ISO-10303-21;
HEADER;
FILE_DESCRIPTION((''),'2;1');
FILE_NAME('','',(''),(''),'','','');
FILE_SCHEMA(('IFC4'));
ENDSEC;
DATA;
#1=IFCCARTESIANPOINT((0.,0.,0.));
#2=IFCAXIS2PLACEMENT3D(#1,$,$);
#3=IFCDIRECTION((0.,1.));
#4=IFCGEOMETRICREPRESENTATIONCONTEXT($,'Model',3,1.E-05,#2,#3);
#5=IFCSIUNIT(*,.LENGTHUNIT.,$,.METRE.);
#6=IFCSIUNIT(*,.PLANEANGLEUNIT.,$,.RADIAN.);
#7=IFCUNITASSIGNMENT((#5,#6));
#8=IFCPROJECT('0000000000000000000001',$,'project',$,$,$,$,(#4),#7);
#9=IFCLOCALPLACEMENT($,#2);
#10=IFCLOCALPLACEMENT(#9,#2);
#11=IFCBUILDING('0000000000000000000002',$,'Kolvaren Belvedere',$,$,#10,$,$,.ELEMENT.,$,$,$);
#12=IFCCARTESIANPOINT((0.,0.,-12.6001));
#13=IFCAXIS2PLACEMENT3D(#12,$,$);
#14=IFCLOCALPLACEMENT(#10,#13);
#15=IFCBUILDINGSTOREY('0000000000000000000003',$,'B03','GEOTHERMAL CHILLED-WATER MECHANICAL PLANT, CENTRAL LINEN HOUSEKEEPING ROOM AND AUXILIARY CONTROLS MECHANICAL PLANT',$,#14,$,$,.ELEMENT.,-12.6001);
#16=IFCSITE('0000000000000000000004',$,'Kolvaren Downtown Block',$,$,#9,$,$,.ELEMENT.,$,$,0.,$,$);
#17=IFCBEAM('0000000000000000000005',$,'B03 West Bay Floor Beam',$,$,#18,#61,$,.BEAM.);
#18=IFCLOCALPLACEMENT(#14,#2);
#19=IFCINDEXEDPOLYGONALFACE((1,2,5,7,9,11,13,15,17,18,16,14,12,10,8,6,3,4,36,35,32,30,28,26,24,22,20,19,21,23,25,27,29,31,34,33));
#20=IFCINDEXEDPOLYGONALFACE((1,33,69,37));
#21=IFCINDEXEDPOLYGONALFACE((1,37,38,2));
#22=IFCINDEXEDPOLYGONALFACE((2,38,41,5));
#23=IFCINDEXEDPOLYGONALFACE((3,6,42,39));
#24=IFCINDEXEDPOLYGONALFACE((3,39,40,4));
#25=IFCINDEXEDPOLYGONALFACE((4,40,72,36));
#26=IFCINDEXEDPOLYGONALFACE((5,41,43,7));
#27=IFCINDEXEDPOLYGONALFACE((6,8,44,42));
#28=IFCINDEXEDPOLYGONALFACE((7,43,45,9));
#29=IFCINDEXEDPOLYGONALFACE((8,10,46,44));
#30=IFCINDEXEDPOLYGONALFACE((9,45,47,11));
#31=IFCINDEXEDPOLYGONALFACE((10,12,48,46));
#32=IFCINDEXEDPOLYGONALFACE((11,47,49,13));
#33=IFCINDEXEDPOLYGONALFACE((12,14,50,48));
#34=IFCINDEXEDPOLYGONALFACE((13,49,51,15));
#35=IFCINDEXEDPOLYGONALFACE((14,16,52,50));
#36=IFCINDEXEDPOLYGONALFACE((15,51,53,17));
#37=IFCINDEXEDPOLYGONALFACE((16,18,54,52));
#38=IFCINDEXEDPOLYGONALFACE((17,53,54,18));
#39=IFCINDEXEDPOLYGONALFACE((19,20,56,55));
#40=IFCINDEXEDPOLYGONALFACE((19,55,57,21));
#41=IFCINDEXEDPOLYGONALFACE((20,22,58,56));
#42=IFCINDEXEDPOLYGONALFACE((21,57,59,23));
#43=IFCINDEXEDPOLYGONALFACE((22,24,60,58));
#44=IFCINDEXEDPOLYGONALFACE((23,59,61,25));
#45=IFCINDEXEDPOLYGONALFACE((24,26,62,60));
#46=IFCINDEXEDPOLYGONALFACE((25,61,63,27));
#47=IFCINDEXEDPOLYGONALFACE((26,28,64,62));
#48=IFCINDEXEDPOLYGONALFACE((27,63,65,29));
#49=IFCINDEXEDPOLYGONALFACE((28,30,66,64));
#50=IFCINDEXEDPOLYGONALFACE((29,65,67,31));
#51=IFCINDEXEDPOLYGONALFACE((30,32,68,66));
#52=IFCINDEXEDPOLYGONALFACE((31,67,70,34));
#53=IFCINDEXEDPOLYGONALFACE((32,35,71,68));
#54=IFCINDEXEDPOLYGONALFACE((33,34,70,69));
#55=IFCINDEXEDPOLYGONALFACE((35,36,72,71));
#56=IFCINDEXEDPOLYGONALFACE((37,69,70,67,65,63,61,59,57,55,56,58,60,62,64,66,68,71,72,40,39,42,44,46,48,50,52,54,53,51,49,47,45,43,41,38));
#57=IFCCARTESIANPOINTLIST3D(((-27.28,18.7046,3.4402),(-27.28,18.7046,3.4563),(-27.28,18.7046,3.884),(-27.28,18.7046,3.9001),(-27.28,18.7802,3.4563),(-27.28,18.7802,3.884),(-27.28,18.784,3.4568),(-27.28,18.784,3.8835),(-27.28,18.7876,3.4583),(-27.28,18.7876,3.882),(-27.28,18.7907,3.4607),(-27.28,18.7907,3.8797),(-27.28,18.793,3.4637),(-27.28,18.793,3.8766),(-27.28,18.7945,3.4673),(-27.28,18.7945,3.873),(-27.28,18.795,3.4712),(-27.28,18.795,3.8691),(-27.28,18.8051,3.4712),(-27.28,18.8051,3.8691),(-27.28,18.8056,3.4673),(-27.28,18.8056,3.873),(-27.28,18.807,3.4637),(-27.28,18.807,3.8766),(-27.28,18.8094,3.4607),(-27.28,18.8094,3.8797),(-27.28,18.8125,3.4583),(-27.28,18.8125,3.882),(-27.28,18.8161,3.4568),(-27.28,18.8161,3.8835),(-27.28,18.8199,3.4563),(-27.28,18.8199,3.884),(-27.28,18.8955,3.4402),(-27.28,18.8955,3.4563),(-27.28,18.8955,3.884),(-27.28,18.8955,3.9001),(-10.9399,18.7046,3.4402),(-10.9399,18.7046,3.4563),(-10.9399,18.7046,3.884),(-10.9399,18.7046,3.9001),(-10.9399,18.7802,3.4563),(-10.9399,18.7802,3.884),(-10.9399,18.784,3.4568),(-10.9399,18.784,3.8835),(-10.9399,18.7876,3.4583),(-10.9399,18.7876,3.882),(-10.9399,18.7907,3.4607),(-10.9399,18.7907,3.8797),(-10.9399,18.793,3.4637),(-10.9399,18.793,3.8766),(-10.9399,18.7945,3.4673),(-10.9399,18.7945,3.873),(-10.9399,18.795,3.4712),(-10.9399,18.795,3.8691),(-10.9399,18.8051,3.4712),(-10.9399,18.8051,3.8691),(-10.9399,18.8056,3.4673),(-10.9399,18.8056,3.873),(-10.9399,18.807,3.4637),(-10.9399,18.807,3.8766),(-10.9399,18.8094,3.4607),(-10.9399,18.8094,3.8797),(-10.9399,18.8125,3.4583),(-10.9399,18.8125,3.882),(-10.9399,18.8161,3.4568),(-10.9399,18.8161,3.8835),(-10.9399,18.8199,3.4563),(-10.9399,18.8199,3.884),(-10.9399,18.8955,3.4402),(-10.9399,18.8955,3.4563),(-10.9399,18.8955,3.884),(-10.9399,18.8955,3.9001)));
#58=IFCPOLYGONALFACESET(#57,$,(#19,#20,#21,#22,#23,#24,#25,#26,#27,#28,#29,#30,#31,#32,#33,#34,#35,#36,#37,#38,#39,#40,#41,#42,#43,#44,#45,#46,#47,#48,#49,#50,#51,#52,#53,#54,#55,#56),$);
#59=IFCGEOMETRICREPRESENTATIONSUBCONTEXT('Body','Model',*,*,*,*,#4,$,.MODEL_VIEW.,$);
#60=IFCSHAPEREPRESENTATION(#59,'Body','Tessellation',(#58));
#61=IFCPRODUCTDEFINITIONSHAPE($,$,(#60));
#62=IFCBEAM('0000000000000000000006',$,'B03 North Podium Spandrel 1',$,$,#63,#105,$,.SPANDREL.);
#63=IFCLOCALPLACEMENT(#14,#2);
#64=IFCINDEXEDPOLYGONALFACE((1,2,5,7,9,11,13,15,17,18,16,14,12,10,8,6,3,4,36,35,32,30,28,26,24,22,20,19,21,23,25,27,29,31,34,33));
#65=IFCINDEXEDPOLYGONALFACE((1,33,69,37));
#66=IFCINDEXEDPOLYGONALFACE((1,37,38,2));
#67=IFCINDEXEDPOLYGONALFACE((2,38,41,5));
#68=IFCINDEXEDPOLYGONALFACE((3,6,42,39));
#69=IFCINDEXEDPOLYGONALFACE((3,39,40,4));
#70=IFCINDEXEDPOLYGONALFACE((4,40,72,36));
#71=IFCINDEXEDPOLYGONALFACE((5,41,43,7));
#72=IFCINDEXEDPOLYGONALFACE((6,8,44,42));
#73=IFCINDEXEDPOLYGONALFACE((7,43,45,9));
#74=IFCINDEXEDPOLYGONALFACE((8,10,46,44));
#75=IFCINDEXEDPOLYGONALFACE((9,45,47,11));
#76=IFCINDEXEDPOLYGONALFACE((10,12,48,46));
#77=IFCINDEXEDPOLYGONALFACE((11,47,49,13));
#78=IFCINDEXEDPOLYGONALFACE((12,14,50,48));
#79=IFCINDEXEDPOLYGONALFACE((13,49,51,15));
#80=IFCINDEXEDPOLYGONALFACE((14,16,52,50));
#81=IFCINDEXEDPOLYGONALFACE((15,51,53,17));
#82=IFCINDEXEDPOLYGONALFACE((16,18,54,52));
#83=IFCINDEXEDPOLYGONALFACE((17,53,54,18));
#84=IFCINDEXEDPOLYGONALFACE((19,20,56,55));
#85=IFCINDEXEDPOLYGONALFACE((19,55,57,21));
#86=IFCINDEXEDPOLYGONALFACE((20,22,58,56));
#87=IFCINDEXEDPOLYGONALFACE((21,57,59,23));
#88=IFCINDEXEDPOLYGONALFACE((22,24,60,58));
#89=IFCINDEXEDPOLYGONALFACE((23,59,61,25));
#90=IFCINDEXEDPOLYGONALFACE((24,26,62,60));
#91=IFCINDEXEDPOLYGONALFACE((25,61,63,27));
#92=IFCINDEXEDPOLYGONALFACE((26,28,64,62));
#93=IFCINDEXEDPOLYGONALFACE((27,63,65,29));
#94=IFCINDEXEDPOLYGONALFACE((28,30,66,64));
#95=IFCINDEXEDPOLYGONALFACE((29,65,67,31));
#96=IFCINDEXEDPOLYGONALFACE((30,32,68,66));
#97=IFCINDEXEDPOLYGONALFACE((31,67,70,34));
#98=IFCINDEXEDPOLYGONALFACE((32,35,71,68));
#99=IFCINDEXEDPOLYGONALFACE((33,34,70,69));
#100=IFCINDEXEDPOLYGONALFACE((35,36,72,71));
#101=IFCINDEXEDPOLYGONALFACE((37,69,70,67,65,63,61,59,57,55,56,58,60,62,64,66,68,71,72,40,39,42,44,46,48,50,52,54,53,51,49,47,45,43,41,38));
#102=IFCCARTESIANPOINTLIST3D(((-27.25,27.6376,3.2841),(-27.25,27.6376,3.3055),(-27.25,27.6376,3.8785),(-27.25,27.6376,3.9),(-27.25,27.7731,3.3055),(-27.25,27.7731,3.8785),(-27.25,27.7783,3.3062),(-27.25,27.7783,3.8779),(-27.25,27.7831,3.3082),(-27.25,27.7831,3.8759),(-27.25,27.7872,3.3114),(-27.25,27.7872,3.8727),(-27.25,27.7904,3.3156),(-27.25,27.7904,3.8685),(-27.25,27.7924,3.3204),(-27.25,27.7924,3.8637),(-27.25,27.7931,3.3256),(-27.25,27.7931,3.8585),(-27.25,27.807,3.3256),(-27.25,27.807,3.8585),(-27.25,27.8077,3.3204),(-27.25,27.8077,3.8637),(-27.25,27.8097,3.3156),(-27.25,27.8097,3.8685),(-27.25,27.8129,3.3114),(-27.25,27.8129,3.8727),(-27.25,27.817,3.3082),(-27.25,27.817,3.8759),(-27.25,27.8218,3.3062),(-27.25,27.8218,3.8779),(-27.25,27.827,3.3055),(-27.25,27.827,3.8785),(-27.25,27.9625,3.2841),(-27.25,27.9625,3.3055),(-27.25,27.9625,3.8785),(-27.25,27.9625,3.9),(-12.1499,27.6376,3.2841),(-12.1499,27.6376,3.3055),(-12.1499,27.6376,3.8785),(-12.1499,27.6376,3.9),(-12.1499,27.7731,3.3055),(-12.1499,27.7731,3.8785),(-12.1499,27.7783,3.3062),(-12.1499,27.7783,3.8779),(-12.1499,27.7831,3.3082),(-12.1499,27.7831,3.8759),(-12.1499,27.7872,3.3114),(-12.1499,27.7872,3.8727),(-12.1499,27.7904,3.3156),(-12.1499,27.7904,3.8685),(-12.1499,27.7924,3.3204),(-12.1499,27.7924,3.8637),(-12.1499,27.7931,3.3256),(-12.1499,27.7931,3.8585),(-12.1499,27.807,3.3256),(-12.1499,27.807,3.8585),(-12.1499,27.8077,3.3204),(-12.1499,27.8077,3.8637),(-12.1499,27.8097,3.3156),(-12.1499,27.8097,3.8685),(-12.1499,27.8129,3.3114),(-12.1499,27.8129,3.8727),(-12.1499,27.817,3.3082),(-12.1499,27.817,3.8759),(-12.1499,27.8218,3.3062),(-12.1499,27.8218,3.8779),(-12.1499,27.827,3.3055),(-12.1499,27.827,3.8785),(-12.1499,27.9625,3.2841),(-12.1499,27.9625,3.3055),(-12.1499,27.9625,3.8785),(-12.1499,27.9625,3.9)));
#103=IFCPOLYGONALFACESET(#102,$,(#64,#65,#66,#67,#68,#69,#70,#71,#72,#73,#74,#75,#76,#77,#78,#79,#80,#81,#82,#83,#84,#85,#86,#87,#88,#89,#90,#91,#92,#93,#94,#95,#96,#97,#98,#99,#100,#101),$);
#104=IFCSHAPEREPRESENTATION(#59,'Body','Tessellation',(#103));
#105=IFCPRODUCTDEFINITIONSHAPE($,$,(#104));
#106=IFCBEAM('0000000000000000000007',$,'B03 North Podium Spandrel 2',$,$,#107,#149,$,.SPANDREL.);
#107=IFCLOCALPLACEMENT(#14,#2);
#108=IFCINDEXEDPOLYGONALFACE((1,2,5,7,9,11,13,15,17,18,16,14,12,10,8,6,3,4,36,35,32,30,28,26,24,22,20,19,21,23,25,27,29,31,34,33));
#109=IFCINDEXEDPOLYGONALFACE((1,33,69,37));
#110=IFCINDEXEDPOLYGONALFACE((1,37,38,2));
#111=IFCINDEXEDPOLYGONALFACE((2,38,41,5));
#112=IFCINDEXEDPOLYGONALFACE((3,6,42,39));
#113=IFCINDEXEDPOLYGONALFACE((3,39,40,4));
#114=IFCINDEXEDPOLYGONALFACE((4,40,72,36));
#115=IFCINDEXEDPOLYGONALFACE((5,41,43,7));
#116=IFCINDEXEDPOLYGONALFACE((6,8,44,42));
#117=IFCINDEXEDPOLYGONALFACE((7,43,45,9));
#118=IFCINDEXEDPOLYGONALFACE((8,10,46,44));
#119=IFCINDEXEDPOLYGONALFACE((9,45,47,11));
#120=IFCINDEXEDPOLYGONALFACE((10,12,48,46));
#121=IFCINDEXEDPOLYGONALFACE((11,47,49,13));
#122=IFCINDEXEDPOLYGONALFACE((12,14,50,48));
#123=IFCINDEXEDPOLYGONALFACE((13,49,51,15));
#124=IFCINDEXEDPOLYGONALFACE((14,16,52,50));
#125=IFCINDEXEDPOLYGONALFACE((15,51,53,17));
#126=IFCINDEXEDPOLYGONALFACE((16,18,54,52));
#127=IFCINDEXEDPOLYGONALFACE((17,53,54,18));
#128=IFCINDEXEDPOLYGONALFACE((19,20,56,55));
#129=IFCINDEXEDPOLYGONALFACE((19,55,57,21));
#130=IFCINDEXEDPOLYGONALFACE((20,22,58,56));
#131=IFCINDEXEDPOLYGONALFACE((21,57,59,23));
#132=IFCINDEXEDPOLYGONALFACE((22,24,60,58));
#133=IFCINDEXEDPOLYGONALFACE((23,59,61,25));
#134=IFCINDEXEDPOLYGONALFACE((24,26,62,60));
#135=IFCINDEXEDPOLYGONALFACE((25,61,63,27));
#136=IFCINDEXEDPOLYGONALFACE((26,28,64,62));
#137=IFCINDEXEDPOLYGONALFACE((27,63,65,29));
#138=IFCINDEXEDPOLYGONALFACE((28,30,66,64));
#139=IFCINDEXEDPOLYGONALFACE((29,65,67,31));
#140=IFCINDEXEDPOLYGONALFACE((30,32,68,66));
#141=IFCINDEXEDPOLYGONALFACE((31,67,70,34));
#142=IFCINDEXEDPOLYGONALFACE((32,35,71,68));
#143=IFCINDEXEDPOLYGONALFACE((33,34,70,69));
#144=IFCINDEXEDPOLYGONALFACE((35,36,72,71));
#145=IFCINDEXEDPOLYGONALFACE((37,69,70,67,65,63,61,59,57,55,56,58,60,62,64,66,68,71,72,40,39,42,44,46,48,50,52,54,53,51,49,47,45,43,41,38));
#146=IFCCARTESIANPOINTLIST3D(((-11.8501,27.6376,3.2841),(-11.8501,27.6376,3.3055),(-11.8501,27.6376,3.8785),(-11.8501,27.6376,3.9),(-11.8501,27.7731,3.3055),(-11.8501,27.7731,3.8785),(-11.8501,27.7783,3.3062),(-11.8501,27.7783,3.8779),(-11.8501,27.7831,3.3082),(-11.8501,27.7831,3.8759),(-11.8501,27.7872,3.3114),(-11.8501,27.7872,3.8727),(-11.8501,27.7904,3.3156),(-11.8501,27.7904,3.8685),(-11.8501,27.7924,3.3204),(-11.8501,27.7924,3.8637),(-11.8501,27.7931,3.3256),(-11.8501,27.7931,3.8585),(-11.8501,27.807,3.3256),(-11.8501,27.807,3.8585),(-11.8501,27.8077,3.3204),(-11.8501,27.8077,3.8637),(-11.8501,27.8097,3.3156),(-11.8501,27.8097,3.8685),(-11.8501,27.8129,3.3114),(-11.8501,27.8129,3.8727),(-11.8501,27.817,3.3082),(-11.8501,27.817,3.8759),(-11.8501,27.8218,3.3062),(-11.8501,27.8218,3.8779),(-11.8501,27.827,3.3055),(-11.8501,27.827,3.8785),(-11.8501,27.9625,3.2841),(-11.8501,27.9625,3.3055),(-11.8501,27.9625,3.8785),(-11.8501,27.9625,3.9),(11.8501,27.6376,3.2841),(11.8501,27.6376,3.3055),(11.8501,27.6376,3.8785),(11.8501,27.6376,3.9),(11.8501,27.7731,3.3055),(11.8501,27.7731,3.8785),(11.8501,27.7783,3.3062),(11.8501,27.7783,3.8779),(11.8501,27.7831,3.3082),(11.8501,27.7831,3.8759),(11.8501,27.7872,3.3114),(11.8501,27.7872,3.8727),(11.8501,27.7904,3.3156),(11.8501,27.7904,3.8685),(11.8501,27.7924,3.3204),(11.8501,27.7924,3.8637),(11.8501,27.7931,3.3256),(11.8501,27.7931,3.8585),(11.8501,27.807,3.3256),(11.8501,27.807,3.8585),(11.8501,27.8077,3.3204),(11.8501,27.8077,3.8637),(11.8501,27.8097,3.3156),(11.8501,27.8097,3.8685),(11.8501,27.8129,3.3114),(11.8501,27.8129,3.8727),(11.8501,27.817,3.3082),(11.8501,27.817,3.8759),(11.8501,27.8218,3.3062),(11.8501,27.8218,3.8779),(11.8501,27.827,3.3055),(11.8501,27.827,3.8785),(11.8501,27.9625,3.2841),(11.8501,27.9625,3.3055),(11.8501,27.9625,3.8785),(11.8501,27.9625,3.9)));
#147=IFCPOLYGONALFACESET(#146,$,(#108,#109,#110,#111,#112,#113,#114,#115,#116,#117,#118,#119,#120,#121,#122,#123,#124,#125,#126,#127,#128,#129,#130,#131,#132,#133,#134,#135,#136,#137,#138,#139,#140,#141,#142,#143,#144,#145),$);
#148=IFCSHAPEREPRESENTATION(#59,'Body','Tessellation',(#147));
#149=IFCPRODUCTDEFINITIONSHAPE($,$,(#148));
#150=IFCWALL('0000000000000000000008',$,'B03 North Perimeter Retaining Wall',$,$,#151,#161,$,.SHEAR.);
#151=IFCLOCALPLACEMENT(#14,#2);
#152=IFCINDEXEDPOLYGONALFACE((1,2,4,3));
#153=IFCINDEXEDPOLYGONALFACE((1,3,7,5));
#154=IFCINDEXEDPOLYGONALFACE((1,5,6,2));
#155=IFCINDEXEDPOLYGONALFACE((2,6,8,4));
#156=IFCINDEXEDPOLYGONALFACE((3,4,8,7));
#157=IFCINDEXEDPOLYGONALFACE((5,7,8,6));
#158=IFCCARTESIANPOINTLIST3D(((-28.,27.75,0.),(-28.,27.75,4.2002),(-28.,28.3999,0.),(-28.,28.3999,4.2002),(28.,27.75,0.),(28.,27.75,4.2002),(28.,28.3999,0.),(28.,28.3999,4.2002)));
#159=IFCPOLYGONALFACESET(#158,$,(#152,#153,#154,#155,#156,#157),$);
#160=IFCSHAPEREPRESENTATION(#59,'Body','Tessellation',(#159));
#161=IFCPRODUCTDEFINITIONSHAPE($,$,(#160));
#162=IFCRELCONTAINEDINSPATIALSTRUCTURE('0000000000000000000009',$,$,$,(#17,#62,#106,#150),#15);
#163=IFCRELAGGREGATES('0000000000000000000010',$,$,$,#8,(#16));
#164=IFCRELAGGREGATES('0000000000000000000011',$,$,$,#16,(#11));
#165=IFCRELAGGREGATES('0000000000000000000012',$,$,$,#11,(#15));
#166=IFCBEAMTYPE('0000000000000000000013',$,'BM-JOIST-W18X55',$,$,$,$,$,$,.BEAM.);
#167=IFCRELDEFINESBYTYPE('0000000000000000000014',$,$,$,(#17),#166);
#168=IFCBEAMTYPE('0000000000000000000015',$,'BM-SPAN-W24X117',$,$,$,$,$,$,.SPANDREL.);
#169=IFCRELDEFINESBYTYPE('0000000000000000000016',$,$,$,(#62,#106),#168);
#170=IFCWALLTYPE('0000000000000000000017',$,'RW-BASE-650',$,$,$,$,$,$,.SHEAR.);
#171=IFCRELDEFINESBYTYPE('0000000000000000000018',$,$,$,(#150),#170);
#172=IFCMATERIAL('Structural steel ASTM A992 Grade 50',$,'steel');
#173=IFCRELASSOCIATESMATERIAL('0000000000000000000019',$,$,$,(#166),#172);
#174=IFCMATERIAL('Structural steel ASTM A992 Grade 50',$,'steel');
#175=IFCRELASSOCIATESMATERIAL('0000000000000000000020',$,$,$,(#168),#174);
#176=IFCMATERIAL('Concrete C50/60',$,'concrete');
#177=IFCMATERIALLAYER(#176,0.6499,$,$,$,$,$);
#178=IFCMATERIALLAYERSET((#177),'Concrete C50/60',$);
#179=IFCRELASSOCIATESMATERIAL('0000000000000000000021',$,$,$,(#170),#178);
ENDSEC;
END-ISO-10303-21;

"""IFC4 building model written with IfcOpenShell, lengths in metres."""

from ifc_helpers import new_model, si_unit, direction, frame, frame_2d, origin, origin_2d, place, context, subcontext, project, spatial, rectangle, i_section, extrude, material, layer, layer_set, material_profile, profile_set, type_object, element, save


model = new_model("IFC4")

# Units and contexts
model_context = context("Model", 3, precision=1e-05, world=origin(), true_north=direction((0.0, 1.0)))
body_context = subcontext(model_context, "Body", "Model", "MODEL_VIEW")
ifc_project = project(units=[si_unit("LENGTHUNIT", "METRE"), si_unit("PLANEANGLEUNIT", "RADIAN")], contexts=[model_context])

# Site, building, storey
site_placement = place(None, origin())
site = spatial("IfcSite", under=ifc_project, at=site_placement, Name="Kolvaren Downtown Block", CompositionType="ELEMENT", RefElevation=0.0)
building_placement = place(site_placement, origin())
building = spatial("IfcBuilding", under=site, at=building_placement, Name="Kolvaren Belvedere", CompositionType="ELEMENT")
storey_placement = place(building_placement, frame((0.0, 0.0, -12.6001)))
storey = spatial("IfcBuildingStorey", under=building, at=storey_placement, Name="B03", Description="GEOTHERMAL CHILLED-WATER MECHANICAL PLANT, CENTRAL LINEN HOUSEKEEPING ROOM AND AUXILIARY CONTROLS MECHANICAL PLANT", CompositionType="ELEMENT", Elevation=-12.6001)

# Beams
ifc_material_1 = material(Name="Structural steel ASTM A992 Grade 50", Category="steel")
ifc_material_profile_1 = material_profile(ifc_material_1, i_section(OverallWidth=0.1909, OverallDepth=0.46, WebThickness=0.01, FlangeThickness=0.0161, FilletRadius=0.0149, at=origin_2d()), Name="W18X55")
ifc_profile_set_1 = profile_set([ifc_material_profile_1], Name="Structural steel ASTM A992 Grade 50")
beam_type_1 = type_object("IfcBeamType", Name="BM-JOIST-W18X55", PredefinedType="BEAM", material=ifc_profile_set_1)
beam_1_placement = place(storey_placement, frame((-27.28, 18.8, 3.6702), z_axis=(1.0, 0.0, 0.0), x_axis=(0.0, 1.0, 0.0)))
element("IfcBeam", 1, at=beam_1_placement, inside=storey, type_object=beam_type_1, Name="B03 West Bay Floor Beam", PredefinedType="BEAM", context=body_context, shape_type="SweptSolid", body=[
    extrude(i_section(OverallWidth=0.1909, OverallDepth=0.46, WebThickness=0.01, FlangeThickness=0.0161, FilletRadius=0.0149, at=origin_2d()), origin(), (0.0, 0.0, 1.0), 16.3401),
])
ifc_material_2 = material(Name="Structural steel ASTM A992 Grade 50", Category="steel")
ifc_material_profile_2 = material_profile(ifc_material_2, i_section(OverallWidth=0.325, OverallDepth=0.616, WebThickness=0.0139, FlangeThickness=0.0215, FilletRadius=0.02, at=origin_2d()), Name="W24X117")
ifc_profile_set_2 = profile_set([ifc_material_profile_2], Name="Structural steel ASTM A992 Grade 50")
beam_type_2 = type_object("IfcBeamType", Name="BM-SPAN-W24X117", PredefinedType="SPANDREL", material=ifc_profile_set_2)
beam_2_placement = place(storey_placement, frame((-27.25, 27.8, 3.592), z_axis=(1.0, 0.0, 0.0), x_axis=(0.0, 1.0, 0.0)))
element("IfcBeam", 2, at=beam_2_placement, inside=storey, type_object=beam_type_2, Name="B03 North Podium Spandrel 1", PredefinedType="SPANDREL", context=body_context, shape_type="SweptSolid", body=[
    extrude(i_section(OverallWidth=0.325, OverallDepth=0.616, WebThickness=0.0139, FlangeThickness=0.0215, FilletRadius=0.02, at=origin_2d()), origin(), (0.0, 0.0, 1.0), 15.1001),
])
beam_3_placement = place(storey_placement, frame((-11.8501, 27.8, 3.592), z_axis=(1.0, 0.0, 0.0), x_axis=(0.0, 1.0, 0.0)))
element("IfcBeam", 3, at=beam_3_placement, inside=storey, type_object=beam_type_2, Name="B03 North Podium Spandrel 2", PredefinedType="SPANDREL", context=body_context, shape_type="SweptSolid", body=[
    extrude(i_section(OverallWidth=0.325, OverallDepth=0.616, WebThickness=0.0139, FlangeThickness=0.0215, FilletRadius=0.02, at=origin_2d()), origin(), (0.0, 0.0, 1.0), 23.7002),
])

# Wall
ifc_material_3 = material(Name="Concrete C50/60", Category="concrete")
ifc_layer_1 = layer(ifc_material_3, 0.6499)
ifc_layer_set_1 = layer_set([ifc_layer_1], Name="Concrete C50/60")
wall_type_1 = type_object("IfcWallType", Name="RW-BASE-650", PredefinedType="SHEAR", material=ifc_layer_set_1)
wall_1_placement = place(storey_placement, frame((-28.0, 28.075, 0.0), z_axis=(0.0, 0.0, 1.0), x_axis=(1.0, 0.0, 0.0)))
element("IfcWall", 4, at=wall_1_placement, inside=storey, type_object=wall_type_1, Name="B03 North Perimeter Retaining Wall", PredefinedType="SHEAR", context=body_context, shape_type="SweptSolid", body=[
    extrude(rectangle(XDim=56.0, YDim=0.6499, at=frame_2d((28.0, 0.0))), origin(), (0.0, 0.0, 1.0), 4.2002),
])

save(model, "model.ifc")
